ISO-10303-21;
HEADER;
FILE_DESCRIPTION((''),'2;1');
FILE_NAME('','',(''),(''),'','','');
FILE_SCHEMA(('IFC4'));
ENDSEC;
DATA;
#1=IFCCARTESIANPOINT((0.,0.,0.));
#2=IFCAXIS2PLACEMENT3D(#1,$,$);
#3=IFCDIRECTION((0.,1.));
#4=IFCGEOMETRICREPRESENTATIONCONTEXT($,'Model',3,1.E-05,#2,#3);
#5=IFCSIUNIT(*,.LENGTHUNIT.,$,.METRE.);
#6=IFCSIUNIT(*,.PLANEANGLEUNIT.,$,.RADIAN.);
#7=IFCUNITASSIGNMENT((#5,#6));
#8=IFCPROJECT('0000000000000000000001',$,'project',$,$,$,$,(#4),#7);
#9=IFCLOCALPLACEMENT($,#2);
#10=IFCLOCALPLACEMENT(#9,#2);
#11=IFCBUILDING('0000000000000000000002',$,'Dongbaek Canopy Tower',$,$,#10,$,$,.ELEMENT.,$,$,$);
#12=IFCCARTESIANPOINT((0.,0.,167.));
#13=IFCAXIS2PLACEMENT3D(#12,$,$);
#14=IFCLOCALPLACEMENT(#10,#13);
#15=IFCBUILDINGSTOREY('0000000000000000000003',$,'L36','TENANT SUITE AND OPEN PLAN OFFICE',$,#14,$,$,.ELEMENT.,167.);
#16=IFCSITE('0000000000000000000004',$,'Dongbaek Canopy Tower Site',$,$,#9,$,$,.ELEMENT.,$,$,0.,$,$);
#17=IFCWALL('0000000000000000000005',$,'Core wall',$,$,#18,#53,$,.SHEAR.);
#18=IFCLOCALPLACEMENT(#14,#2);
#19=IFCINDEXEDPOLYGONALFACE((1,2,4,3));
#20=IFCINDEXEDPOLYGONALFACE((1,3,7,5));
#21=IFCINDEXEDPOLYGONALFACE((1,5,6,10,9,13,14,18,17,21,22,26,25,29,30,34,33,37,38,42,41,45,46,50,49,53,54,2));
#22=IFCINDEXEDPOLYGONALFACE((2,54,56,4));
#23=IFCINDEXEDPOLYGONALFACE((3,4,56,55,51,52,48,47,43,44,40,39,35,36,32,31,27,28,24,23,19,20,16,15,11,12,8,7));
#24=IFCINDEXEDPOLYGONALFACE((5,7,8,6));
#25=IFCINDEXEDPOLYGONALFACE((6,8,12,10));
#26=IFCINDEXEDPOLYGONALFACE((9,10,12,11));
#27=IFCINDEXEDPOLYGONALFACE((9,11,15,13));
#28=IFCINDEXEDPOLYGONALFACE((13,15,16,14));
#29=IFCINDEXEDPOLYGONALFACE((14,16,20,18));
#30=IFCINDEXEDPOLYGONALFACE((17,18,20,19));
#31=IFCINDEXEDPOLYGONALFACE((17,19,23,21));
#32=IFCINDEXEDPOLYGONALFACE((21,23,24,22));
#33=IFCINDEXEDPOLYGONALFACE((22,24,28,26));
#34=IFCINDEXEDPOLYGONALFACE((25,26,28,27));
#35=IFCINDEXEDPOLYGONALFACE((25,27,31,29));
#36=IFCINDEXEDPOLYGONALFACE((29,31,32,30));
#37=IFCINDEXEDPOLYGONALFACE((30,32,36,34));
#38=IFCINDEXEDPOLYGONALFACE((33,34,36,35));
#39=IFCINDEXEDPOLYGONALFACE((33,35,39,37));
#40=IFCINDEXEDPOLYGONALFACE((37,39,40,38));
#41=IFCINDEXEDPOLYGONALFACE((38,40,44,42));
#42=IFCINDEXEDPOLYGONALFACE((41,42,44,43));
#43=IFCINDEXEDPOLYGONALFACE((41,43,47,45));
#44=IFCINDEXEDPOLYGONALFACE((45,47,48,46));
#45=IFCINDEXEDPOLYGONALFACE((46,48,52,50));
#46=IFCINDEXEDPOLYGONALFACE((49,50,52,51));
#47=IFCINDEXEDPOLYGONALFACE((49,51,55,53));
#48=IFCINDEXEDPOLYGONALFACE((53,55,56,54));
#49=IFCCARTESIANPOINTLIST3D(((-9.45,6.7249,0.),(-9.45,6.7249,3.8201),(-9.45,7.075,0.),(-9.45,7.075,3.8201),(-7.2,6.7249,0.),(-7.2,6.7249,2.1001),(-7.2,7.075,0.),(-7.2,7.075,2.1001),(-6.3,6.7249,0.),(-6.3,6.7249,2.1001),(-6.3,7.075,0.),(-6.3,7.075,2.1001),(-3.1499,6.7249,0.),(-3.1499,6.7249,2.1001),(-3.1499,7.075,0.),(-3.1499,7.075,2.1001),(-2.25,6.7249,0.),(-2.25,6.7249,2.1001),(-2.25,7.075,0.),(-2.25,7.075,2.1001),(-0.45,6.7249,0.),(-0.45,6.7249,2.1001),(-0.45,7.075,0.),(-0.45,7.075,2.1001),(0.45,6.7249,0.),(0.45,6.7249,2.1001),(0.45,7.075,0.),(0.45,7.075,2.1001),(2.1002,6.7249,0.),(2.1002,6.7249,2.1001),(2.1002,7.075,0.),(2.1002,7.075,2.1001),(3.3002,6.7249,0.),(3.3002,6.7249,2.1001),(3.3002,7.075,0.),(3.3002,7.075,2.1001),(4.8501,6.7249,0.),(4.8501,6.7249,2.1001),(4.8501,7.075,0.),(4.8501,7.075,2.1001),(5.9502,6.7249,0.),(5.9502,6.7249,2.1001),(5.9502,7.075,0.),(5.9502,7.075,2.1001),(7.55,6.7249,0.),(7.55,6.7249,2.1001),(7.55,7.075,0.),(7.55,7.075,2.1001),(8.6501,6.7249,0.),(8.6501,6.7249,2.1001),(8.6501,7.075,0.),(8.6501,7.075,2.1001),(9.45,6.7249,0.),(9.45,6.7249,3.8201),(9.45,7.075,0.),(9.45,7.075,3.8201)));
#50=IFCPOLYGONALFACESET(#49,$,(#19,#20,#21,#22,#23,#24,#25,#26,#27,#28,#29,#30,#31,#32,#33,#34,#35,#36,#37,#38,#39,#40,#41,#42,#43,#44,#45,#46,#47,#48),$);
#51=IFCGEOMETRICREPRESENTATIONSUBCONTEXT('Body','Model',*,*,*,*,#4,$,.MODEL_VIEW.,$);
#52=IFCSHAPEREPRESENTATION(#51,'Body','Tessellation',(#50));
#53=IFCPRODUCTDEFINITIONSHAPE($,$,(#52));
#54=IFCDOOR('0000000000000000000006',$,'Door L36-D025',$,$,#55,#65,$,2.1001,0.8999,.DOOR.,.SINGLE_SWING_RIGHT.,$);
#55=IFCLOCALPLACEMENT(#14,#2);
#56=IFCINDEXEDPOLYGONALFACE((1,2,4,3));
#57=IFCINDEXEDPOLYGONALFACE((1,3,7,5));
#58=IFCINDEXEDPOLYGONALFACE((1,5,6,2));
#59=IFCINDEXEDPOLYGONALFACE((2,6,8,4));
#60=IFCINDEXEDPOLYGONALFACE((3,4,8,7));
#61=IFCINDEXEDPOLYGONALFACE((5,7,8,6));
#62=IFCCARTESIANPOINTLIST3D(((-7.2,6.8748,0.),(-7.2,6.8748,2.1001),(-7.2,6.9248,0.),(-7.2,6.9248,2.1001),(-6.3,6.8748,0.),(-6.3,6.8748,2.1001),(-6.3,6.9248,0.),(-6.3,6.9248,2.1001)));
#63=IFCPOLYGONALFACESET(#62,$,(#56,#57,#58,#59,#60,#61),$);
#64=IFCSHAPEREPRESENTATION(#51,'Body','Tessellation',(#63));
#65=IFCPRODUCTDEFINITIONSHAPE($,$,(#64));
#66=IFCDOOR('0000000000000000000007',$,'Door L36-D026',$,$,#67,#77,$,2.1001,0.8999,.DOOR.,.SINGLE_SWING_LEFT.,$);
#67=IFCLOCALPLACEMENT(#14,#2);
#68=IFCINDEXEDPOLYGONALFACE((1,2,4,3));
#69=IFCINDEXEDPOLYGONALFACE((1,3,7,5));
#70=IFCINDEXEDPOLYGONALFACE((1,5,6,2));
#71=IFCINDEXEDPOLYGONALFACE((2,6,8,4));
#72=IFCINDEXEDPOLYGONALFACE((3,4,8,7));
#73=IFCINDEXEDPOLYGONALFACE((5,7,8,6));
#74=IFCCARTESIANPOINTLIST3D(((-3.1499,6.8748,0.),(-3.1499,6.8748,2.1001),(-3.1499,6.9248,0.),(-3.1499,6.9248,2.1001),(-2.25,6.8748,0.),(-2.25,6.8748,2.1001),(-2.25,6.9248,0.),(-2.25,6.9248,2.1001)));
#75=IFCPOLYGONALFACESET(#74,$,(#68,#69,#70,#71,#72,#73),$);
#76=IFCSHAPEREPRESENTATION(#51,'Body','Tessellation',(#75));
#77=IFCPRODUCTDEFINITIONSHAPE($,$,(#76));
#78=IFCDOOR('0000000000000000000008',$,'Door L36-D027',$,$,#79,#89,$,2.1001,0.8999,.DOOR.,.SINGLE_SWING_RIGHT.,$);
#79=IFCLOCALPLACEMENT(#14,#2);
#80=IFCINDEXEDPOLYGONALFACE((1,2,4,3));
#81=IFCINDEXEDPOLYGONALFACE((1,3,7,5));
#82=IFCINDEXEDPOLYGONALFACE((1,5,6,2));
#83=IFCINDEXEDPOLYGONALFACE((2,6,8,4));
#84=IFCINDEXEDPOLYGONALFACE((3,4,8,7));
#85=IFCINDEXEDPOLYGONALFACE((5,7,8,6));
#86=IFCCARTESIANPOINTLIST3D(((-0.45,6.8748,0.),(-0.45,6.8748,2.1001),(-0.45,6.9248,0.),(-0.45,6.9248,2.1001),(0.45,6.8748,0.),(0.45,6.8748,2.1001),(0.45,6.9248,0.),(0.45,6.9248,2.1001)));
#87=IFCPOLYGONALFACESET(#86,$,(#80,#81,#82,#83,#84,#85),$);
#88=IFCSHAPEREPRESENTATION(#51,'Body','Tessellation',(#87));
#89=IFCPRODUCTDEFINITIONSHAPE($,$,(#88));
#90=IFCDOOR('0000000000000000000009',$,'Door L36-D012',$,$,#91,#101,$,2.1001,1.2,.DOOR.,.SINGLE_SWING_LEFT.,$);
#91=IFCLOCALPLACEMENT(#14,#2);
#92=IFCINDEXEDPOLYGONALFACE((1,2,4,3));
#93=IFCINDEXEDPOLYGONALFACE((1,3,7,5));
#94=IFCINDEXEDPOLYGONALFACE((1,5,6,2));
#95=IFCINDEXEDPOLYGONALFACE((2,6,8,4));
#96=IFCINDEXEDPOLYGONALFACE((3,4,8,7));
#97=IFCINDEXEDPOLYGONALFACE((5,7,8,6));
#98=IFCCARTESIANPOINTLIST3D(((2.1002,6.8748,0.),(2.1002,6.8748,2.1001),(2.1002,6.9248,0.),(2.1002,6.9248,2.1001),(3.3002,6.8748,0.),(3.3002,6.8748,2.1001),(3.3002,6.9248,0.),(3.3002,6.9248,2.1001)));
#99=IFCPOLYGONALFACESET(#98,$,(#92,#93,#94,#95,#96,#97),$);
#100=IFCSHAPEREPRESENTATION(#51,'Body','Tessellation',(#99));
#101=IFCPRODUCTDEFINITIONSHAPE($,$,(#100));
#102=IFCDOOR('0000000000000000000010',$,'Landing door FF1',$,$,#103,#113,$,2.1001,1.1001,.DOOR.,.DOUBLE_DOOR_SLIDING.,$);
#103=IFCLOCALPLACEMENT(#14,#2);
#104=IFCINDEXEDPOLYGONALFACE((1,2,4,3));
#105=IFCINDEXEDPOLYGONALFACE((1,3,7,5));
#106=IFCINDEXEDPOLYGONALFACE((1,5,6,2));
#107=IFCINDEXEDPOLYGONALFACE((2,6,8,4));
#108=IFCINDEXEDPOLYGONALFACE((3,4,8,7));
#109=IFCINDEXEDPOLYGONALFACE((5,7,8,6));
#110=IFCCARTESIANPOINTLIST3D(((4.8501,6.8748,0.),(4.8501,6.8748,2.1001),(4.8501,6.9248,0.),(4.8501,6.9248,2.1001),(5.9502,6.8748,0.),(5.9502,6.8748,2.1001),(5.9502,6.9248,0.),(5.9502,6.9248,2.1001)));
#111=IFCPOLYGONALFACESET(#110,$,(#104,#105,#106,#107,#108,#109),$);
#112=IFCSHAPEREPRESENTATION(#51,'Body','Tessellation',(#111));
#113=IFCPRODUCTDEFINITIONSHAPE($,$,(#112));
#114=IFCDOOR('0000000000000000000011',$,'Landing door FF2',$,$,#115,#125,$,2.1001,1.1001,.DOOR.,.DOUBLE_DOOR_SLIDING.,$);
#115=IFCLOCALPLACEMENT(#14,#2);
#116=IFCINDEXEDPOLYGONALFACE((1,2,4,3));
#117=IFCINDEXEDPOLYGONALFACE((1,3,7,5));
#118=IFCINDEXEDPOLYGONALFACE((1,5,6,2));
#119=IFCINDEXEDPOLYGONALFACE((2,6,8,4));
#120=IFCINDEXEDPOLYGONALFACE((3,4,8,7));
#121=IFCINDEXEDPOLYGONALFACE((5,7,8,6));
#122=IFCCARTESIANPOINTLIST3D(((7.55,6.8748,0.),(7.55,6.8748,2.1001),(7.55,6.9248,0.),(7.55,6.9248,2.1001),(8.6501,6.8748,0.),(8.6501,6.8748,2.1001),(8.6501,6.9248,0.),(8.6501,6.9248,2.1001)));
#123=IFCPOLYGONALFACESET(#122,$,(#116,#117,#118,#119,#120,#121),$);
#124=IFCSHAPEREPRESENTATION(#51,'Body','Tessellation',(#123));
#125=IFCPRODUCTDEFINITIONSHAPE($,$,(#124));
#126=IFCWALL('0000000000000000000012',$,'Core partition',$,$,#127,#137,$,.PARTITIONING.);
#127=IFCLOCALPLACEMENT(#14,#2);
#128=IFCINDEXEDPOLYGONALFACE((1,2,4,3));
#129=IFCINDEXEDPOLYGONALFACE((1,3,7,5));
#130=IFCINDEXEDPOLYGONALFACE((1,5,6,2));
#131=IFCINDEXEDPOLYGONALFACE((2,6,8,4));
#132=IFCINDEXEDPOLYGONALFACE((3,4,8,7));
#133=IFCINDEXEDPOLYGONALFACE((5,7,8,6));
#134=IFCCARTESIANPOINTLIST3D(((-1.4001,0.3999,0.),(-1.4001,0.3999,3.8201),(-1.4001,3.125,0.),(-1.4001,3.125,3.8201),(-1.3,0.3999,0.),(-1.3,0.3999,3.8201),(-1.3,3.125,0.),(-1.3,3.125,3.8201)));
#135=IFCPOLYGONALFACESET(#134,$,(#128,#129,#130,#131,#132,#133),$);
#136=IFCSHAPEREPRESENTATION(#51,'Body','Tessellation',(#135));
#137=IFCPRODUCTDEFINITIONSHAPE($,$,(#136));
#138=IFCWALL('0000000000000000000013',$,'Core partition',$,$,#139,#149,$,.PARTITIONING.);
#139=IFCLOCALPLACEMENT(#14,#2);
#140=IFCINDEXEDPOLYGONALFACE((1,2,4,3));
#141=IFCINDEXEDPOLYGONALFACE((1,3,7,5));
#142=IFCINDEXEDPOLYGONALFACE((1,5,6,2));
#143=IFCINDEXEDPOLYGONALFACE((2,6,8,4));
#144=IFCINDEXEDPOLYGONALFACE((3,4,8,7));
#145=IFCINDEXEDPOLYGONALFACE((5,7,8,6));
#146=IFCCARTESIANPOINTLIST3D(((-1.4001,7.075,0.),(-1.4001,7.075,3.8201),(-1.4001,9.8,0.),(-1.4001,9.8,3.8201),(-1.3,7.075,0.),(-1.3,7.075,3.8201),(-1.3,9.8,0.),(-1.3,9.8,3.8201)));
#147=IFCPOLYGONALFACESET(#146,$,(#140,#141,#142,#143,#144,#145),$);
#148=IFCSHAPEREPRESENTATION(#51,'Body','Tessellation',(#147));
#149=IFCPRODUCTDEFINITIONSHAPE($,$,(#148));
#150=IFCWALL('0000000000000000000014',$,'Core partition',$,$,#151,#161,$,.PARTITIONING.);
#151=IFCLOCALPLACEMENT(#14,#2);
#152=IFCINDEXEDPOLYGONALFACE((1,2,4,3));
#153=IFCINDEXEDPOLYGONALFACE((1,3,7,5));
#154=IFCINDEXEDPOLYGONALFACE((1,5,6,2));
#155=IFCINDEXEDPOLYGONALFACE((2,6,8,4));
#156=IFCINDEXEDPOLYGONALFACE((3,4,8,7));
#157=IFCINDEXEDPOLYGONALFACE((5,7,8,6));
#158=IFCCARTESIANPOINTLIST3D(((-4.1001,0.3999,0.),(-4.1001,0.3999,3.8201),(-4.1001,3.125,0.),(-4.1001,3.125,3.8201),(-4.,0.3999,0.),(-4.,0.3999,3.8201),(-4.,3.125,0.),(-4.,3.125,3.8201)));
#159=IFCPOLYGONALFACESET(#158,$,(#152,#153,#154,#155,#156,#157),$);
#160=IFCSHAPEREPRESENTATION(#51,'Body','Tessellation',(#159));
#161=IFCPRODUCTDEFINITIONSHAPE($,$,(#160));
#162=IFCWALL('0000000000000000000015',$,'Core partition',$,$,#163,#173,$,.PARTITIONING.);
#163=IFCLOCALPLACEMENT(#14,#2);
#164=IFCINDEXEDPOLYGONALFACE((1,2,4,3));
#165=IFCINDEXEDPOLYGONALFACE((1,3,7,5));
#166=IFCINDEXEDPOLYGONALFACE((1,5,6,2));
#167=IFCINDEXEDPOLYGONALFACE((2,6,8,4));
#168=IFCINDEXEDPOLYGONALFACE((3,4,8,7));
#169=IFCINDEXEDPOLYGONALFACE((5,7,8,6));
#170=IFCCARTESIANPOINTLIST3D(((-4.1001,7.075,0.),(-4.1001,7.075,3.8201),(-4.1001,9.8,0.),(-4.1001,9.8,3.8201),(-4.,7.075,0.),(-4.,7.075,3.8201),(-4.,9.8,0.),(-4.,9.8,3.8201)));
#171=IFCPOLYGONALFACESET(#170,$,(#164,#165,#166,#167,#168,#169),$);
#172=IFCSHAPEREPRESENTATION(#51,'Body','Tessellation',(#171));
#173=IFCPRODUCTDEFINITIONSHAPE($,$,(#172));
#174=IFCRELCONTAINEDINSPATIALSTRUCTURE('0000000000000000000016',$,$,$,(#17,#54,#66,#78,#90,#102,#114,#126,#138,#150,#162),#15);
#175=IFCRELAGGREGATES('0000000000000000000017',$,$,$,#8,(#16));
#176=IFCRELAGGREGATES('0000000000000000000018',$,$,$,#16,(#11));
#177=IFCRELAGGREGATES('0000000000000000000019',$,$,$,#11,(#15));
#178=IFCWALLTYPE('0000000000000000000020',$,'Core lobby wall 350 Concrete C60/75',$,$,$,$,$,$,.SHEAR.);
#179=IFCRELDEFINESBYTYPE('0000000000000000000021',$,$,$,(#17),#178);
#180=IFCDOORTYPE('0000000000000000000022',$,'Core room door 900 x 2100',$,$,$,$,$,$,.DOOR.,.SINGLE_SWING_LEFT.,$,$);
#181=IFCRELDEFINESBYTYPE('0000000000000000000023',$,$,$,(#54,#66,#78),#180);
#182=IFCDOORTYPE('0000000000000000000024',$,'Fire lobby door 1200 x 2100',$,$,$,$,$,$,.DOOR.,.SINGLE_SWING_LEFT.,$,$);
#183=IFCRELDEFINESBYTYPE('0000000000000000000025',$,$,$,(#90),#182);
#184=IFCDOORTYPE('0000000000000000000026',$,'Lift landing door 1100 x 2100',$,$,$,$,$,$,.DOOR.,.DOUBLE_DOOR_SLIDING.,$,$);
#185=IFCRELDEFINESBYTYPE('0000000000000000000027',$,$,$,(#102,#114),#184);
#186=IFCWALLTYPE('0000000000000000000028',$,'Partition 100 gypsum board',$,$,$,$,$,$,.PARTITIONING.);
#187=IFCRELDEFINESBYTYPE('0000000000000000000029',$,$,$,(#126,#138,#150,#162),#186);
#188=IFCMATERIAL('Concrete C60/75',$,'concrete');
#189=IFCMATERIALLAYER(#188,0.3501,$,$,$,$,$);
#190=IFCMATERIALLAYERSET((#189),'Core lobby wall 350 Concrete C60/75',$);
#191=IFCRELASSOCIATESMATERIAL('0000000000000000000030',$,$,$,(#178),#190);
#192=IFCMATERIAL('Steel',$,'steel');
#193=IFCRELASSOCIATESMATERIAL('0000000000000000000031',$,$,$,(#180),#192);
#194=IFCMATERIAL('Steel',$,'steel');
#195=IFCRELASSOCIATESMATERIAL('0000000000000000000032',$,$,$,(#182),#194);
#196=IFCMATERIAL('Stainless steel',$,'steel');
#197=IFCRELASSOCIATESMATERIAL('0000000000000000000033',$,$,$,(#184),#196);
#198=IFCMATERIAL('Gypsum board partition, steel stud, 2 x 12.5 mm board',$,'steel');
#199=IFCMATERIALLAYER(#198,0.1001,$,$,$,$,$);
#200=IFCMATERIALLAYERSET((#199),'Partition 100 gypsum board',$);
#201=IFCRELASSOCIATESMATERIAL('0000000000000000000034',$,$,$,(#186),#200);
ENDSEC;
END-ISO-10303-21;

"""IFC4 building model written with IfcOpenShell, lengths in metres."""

from ifc_helpers import new_model, si_unit, direction, frame, frame_2d, origin, place, context, subcontext, project, spatial, rectangle, extrude, material, layer, layer_set, type_object, element, fill, save


model = new_model("IFC4")

# Units and contexts
model_context = context("Model", 3, precision=1e-05, world=origin(), true_north=direction((0.0, 1.0)))
body_context = subcontext(model_context, "Body", "Model", "MODEL_VIEW")
ifc_project = project(units=[si_unit("LENGTHUNIT", "METRE"), si_unit("PLANEANGLEUNIT", "RADIAN")], contexts=[model_context])

# Site, building, storey
site_placement = place(None, origin())
site = spatial("IfcSite", under=ifc_project, at=site_placement, Name="Dongbaek Canopy Tower Site", CompositionType="ELEMENT", RefElevation=0.0)
building_placement = place(site_placement, origin())
building = spatial("IfcBuilding", under=site, at=building_placement, Name="Dongbaek Canopy Tower", CompositionType="ELEMENT")
storey_placement = place(building_placement, frame((0.0, 0.0, 167.0)))
storey = spatial("IfcBuildingStorey", under=building, at=storey_placement, Name="L36", Description="TENANT SUITE AND OPEN PLAN OFFICE", CompositionType="ELEMENT", Elevation=167.0)

# Wall, openings, doors
ifc_material_1 = material(Name="Concrete C60/75", Category="concrete")
ifc_layer_1 = layer(ifc_material_1, 0.3501)
ifc_layer_set_1 = layer_set([ifc_layer_1], Name="Core lobby wall 350 Concrete C60/75")
wall_type_1 = type_object("IfcWallType", Name="Core lobby wall 350 Concrete C60/75", PredefinedType="SHEAR", material=ifc_layer_set_1)
wall_1_placement = place(storey_placement, frame((-9.45, 6.8999, 0.0), z_axis=(0.0, 0.0, 1.0), x_axis=(1.0, 0.0, 0.0)))
wall_1 = element("IfcWall", 1, at=wall_1_placement, inside=storey, type_object=wall_type_1, Name="Core wall", PredefinedType="SHEAR", context=body_context, shape_type="SweptSolid", body=[
    extrude(rectangle(XDim=18.8999, YDim=0.3501, at=frame_2d((9.45, 0.0))), origin(), (0.0, 0.0, 1.0), 3.8201),
])
opening_1_placement = place(wall_1_placement, frame((11.55, 0.0, 0.0)))
opening_1 = element("IfcOpeningElement", 2, at=opening_1_placement, cuts=wall_1, PredefinedType="OPENING", context=body_context, shape_type="SweptSolid", body=[
    extrude(rectangle(XDim=1.2, YDim=2.1001, at=frame_2d((0.6001, 1.05))), frame((0.0, 0.1851, 0.0), z_axis=(0.0, -1.0, 0.0), x_axis=(1.0, 0.0, 0.0)), (0.0, 0.0, 1.0), 0.3701),
])
opening_2_placement = place(wall_1_placement, frame((14.3, 0.0, 0.0)))
opening_2 = element("IfcOpeningElement", 3, at=opening_2_placement, cuts=wall_1, PredefinedType="OPENING", context=body_context, shape_type="SweptSolid", body=[
    extrude(rectangle(XDim=1.1001, YDim=2.1001, at=frame_2d((0.55, 1.05))), frame((0.0, 0.1851, 0.0), z_axis=(0.0, -1.0, 0.0), x_axis=(1.0, 0.0, 0.0)), (0.0, 0.0, 1.0), 0.3701),
])
opening_3_placement = place(wall_1_placement, frame((17.0, 0.0, 0.0)))
opening_3 = element("IfcOpeningElement", 4, at=opening_3_placement, cuts=wall_1, PredefinedType="OPENING", context=body_context, shape_type="SweptSolid", body=[
    extrude(rectangle(XDim=1.1001, YDim=2.1001, at=frame_2d((0.55, 1.05))), frame((0.0, 0.1851, 0.0), z_axis=(0.0, -1.0, 0.0), x_axis=(1.0, 0.0, 0.0)), (0.0, 0.0, 1.0), 0.3701),
])
opening_4_placement = place(wall_1_placement, frame((2.25, 0.0, 0.0)))
opening_4 = element("IfcOpeningElement", 5, at=opening_4_placement, cuts=wall_1, PredefinedType="OPENING", context=body_context, shape_type="SweptSolid", body=[
    extrude(rectangle(XDim=0.8999, YDim=2.1001, at=frame_2d((0.45, 1.05))), frame((0.0, 0.1851, 0.0), z_axis=(0.0, -1.0, 0.0), x_axis=(1.0, 0.0, 0.0)), (0.0, 0.0, 1.0), 0.3701),
])
opening_5_placement = place(wall_1_placement, frame((6.3, 0.0, 0.0)))
opening_5 = element("IfcOpeningElement", 6, at=opening_5_placement, cuts=wall_1, PredefinedType="OPENING", context=body_context, shape_type="SweptSolid", body=[
    extrude(rectangle(XDim=0.8999, YDim=2.1001, at=frame_2d((0.45, 1.05))), frame((0.0, 0.1851, 0.0), z_axis=(0.0, -1.0, 0.0), x_axis=(1.0, 0.0, 0.0)), (0.0, 0.0, 1.0), 0.3701),
])
opening_6_placement = place(wall_1_placement, frame((9.0, 0.0, 0.0)))
opening_6 = element("IfcOpeningElement", 7, at=opening_6_placement, cuts=wall_1, PredefinedType="OPENING", context=body_context, shape_type="SweptSolid", body=[
    extrude(rectangle(XDim=0.8999, YDim=2.1001, at=frame_2d((0.45, 1.05))), frame((0.0, 0.1851, 0.0), z_axis=(0.0, -1.0, 0.0), x_axis=(1.0, 0.0, 0.0)), (0.0, 0.0, 1.0), 0.3701),
])
ifc_material_2 = material(Name="Steel", Category="steel")
door_type_1 = type_object("IfcDoorType", Name="Core room door 900 x 2100", OperationType="SINGLE_SWING_LEFT", PredefinedType="DOOR", material=ifc_material_2)
door_1_placement = place(opening_4_placement, origin())
door_1 = element("IfcDoor", 8, at=door_1_placement, inside=storey, type_object=door_type_1, Name="Door L36-D025", OperationType="SINGLE_SWING_RIGHT", OverallHeight=2.1001, OverallWidth=0.8999, PredefinedType="DOOR", context=body_context, shape_type="SweptSolid", body=[
    extrude(rectangle(XDim=0.8999, YDim=2.1001, at=frame_2d((0.45, 1.05))), frame((0.0, 0.0249, 0.0), z_axis=(0.0, -1.0, 0.0), x_axis=(1.0, 0.0, 0.0)), (0.0, 0.0, 1.0), 0.05),
])
fill(opening_4, door_1)
door_2_placement = place(opening_5_placement, origin())
door_2 = element("IfcDoor", 9, at=door_2_placement, inside=storey, type_object=door_type_1, Name="Door L36-D026", OperationType="SINGLE_SWING_LEFT", OverallHeight=2.1001, OverallWidth=0.8999, PredefinedType="DOOR", context=body_context, shape_type="SweptSolid", body=[
    extrude(rectangle(XDim=0.8999, YDim=2.1001, at=frame_2d((0.45, 1.05))), frame((0.0, 0.0249, 0.0), z_axis=(0.0, -1.0, 0.0), x_axis=(1.0, 0.0, 0.0)), (0.0, 0.0, 1.0), 0.05),
])
fill(opening_5, door_2)
door_3_placement = place(opening_6_placement, origin())
door_3 = element("IfcDoor", 10, at=door_3_placement, inside=storey, type_object=door_type_1, Name="Door L36-D027", OperationType="SINGLE_SWING_RIGHT", OverallHeight=2.1001, OverallWidth=0.8999, PredefinedType="DOOR", context=body_context, shape_type="SweptSolid", body=[
    extrude(rectangle(XDim=0.8999, YDim=2.1001, at=frame_2d((0.45, 1.05))), frame((0.0, 0.0249, 0.0), z_axis=(0.0, -1.0, 0.0), x_axis=(1.0, 0.0, 0.0)), (0.0, 0.0, 1.0), 0.05),
])
fill(opening_6, door_3)
ifc_material_3 = material(Name="Steel", Category="steel")
door_type_2 = type_object("IfcDoorType", Name="Fire lobby door 1200 x 2100", OperationType="SINGLE_SWING_LEFT", PredefinedType="DOOR", material=ifc_material_3)
door_4_placement = place(opening_1_placement, origin())
door_4 = element("IfcDoor", 11, at=door_4_placement, inside=storey, type_object=door_type_2, Name="Door L36-D012", OperationType="SINGLE_SWING_LEFT", OverallHeight=2.1001, OverallWidth=1.2, PredefinedType="DOOR", context=body_context, shape_type="SweptSolid", body=[
    extrude(rectangle(XDim=1.2, YDim=2.1001, at=frame_2d((0.6001, 1.05))), frame((0.0, 0.0249, 0.0), z_axis=(0.0, -1.0, 0.0), x_axis=(1.0, 0.0, 0.0)), (0.0, 0.0, 1.0), 0.05),
])
fill(opening_1, door_4)
ifc_material_4 = material(Name="Stainless steel", Category="steel")
door_type_3 = type_object("IfcDoorType", Name="Lift landing door 1100 x 2100", OperationType="DOUBLE_DOOR_SLIDING", PredefinedType="DOOR", material=ifc_material_4)
door_5_placement = place(opening_2_placement, origin())
door_5 = element("IfcDoor", 12, at=door_5_placement, inside=storey, type_object=door_type_3, Name="Landing door FF1", OperationType="DOUBLE_DOOR_SLIDING", OverallHeight=2.1001, OverallWidth=1.1001, PredefinedType="DOOR", context=body_context, shape_type="SweptSolid", body=[
    extrude(rectangle(XDim=1.1001, YDim=2.1001, at=frame_2d((0.55, 1.05))), frame((0.0, 0.0249, 0.0), z_axis=(0.0, -1.0, 0.0), x_axis=(1.0, 0.0, 0.0)), (0.0, 0.0, 1.0), 0.05),
])
fill(opening_2, door_5)
door_6_placement = place(opening_3_placement, origin())
door_6 = element("IfcDoor", 13, at=door_6_placement, inside=storey, type_object=door_type_3, Name="Landing door FF2", OperationType="DOUBLE_DOOR_SLIDING", OverallHeight=2.1001, OverallWidth=1.1001, PredefinedType="DOOR", context=body_context, shape_type="SweptSolid", body=[
    extrude(rectangle(XDim=1.1001, YDim=2.1001, at=frame_2d((0.55, 1.05))), frame((0.0, 0.0249, 0.0), z_axis=(0.0, -1.0, 0.0), x_axis=(1.0, 0.0, 0.0)), (0.0, 0.0, 1.0), 0.05),
])
fill(opening_3, door_6)

# Walls
ifc_material_5 = material(Name="Gypsum board partition, steel stud, 2 x 12.5 mm board", Category="steel")
ifc_layer_2 = layer(ifc_material_5, 0.1001)
ifc_layer_set_2 = layer_set([ifc_layer_2], Name="Partition 100 gypsum board")
wall_type_2 = type_object("IfcWallType", Name="Partition 100 gypsum board", PredefinedType="PARTITIONING", material=ifc_layer_set_2)
for number, where, z_axis, x_axis, name in (
    (14, (-1.3501, 0.3999, 0.0), (0.0, 0.0, 1.0), (0.0, 1.0, 0.0), "Core partition"),
    (15, (-1.3501, 7.075, 0.0), (0.0, 0.0, 1.0), (0.0, 1.0, 0.0), "Core partition"),
    (16, (-4.05, 0.3999, 0.0), (0.0, 0.0, 1.0), (0.0, 1.0, 0.0), "Core partition"),
    (17, (-4.05, 7.075, 0.0), (0.0, 0.0, 1.0), (0.0, 1.0, 0.0), "Core partition"),
):
    element("IfcWall", number, at=place(storey_placement, frame(where, z_axis=z_axis, x_axis=x_axis)), inside=storey, type_object=wall_type_2, Name=name, PredefinedType="PARTITIONING", context=body_context, shape_type="SweptSolid", body=[
        extrude(rectangle(XDim=2.7251, YDim=0.1001, at=frame_2d((1.3625, 0.0))), origin(), (0.0, 0.0, 1.0), 3.8201),
    ])

save(model, "model.ifc")
